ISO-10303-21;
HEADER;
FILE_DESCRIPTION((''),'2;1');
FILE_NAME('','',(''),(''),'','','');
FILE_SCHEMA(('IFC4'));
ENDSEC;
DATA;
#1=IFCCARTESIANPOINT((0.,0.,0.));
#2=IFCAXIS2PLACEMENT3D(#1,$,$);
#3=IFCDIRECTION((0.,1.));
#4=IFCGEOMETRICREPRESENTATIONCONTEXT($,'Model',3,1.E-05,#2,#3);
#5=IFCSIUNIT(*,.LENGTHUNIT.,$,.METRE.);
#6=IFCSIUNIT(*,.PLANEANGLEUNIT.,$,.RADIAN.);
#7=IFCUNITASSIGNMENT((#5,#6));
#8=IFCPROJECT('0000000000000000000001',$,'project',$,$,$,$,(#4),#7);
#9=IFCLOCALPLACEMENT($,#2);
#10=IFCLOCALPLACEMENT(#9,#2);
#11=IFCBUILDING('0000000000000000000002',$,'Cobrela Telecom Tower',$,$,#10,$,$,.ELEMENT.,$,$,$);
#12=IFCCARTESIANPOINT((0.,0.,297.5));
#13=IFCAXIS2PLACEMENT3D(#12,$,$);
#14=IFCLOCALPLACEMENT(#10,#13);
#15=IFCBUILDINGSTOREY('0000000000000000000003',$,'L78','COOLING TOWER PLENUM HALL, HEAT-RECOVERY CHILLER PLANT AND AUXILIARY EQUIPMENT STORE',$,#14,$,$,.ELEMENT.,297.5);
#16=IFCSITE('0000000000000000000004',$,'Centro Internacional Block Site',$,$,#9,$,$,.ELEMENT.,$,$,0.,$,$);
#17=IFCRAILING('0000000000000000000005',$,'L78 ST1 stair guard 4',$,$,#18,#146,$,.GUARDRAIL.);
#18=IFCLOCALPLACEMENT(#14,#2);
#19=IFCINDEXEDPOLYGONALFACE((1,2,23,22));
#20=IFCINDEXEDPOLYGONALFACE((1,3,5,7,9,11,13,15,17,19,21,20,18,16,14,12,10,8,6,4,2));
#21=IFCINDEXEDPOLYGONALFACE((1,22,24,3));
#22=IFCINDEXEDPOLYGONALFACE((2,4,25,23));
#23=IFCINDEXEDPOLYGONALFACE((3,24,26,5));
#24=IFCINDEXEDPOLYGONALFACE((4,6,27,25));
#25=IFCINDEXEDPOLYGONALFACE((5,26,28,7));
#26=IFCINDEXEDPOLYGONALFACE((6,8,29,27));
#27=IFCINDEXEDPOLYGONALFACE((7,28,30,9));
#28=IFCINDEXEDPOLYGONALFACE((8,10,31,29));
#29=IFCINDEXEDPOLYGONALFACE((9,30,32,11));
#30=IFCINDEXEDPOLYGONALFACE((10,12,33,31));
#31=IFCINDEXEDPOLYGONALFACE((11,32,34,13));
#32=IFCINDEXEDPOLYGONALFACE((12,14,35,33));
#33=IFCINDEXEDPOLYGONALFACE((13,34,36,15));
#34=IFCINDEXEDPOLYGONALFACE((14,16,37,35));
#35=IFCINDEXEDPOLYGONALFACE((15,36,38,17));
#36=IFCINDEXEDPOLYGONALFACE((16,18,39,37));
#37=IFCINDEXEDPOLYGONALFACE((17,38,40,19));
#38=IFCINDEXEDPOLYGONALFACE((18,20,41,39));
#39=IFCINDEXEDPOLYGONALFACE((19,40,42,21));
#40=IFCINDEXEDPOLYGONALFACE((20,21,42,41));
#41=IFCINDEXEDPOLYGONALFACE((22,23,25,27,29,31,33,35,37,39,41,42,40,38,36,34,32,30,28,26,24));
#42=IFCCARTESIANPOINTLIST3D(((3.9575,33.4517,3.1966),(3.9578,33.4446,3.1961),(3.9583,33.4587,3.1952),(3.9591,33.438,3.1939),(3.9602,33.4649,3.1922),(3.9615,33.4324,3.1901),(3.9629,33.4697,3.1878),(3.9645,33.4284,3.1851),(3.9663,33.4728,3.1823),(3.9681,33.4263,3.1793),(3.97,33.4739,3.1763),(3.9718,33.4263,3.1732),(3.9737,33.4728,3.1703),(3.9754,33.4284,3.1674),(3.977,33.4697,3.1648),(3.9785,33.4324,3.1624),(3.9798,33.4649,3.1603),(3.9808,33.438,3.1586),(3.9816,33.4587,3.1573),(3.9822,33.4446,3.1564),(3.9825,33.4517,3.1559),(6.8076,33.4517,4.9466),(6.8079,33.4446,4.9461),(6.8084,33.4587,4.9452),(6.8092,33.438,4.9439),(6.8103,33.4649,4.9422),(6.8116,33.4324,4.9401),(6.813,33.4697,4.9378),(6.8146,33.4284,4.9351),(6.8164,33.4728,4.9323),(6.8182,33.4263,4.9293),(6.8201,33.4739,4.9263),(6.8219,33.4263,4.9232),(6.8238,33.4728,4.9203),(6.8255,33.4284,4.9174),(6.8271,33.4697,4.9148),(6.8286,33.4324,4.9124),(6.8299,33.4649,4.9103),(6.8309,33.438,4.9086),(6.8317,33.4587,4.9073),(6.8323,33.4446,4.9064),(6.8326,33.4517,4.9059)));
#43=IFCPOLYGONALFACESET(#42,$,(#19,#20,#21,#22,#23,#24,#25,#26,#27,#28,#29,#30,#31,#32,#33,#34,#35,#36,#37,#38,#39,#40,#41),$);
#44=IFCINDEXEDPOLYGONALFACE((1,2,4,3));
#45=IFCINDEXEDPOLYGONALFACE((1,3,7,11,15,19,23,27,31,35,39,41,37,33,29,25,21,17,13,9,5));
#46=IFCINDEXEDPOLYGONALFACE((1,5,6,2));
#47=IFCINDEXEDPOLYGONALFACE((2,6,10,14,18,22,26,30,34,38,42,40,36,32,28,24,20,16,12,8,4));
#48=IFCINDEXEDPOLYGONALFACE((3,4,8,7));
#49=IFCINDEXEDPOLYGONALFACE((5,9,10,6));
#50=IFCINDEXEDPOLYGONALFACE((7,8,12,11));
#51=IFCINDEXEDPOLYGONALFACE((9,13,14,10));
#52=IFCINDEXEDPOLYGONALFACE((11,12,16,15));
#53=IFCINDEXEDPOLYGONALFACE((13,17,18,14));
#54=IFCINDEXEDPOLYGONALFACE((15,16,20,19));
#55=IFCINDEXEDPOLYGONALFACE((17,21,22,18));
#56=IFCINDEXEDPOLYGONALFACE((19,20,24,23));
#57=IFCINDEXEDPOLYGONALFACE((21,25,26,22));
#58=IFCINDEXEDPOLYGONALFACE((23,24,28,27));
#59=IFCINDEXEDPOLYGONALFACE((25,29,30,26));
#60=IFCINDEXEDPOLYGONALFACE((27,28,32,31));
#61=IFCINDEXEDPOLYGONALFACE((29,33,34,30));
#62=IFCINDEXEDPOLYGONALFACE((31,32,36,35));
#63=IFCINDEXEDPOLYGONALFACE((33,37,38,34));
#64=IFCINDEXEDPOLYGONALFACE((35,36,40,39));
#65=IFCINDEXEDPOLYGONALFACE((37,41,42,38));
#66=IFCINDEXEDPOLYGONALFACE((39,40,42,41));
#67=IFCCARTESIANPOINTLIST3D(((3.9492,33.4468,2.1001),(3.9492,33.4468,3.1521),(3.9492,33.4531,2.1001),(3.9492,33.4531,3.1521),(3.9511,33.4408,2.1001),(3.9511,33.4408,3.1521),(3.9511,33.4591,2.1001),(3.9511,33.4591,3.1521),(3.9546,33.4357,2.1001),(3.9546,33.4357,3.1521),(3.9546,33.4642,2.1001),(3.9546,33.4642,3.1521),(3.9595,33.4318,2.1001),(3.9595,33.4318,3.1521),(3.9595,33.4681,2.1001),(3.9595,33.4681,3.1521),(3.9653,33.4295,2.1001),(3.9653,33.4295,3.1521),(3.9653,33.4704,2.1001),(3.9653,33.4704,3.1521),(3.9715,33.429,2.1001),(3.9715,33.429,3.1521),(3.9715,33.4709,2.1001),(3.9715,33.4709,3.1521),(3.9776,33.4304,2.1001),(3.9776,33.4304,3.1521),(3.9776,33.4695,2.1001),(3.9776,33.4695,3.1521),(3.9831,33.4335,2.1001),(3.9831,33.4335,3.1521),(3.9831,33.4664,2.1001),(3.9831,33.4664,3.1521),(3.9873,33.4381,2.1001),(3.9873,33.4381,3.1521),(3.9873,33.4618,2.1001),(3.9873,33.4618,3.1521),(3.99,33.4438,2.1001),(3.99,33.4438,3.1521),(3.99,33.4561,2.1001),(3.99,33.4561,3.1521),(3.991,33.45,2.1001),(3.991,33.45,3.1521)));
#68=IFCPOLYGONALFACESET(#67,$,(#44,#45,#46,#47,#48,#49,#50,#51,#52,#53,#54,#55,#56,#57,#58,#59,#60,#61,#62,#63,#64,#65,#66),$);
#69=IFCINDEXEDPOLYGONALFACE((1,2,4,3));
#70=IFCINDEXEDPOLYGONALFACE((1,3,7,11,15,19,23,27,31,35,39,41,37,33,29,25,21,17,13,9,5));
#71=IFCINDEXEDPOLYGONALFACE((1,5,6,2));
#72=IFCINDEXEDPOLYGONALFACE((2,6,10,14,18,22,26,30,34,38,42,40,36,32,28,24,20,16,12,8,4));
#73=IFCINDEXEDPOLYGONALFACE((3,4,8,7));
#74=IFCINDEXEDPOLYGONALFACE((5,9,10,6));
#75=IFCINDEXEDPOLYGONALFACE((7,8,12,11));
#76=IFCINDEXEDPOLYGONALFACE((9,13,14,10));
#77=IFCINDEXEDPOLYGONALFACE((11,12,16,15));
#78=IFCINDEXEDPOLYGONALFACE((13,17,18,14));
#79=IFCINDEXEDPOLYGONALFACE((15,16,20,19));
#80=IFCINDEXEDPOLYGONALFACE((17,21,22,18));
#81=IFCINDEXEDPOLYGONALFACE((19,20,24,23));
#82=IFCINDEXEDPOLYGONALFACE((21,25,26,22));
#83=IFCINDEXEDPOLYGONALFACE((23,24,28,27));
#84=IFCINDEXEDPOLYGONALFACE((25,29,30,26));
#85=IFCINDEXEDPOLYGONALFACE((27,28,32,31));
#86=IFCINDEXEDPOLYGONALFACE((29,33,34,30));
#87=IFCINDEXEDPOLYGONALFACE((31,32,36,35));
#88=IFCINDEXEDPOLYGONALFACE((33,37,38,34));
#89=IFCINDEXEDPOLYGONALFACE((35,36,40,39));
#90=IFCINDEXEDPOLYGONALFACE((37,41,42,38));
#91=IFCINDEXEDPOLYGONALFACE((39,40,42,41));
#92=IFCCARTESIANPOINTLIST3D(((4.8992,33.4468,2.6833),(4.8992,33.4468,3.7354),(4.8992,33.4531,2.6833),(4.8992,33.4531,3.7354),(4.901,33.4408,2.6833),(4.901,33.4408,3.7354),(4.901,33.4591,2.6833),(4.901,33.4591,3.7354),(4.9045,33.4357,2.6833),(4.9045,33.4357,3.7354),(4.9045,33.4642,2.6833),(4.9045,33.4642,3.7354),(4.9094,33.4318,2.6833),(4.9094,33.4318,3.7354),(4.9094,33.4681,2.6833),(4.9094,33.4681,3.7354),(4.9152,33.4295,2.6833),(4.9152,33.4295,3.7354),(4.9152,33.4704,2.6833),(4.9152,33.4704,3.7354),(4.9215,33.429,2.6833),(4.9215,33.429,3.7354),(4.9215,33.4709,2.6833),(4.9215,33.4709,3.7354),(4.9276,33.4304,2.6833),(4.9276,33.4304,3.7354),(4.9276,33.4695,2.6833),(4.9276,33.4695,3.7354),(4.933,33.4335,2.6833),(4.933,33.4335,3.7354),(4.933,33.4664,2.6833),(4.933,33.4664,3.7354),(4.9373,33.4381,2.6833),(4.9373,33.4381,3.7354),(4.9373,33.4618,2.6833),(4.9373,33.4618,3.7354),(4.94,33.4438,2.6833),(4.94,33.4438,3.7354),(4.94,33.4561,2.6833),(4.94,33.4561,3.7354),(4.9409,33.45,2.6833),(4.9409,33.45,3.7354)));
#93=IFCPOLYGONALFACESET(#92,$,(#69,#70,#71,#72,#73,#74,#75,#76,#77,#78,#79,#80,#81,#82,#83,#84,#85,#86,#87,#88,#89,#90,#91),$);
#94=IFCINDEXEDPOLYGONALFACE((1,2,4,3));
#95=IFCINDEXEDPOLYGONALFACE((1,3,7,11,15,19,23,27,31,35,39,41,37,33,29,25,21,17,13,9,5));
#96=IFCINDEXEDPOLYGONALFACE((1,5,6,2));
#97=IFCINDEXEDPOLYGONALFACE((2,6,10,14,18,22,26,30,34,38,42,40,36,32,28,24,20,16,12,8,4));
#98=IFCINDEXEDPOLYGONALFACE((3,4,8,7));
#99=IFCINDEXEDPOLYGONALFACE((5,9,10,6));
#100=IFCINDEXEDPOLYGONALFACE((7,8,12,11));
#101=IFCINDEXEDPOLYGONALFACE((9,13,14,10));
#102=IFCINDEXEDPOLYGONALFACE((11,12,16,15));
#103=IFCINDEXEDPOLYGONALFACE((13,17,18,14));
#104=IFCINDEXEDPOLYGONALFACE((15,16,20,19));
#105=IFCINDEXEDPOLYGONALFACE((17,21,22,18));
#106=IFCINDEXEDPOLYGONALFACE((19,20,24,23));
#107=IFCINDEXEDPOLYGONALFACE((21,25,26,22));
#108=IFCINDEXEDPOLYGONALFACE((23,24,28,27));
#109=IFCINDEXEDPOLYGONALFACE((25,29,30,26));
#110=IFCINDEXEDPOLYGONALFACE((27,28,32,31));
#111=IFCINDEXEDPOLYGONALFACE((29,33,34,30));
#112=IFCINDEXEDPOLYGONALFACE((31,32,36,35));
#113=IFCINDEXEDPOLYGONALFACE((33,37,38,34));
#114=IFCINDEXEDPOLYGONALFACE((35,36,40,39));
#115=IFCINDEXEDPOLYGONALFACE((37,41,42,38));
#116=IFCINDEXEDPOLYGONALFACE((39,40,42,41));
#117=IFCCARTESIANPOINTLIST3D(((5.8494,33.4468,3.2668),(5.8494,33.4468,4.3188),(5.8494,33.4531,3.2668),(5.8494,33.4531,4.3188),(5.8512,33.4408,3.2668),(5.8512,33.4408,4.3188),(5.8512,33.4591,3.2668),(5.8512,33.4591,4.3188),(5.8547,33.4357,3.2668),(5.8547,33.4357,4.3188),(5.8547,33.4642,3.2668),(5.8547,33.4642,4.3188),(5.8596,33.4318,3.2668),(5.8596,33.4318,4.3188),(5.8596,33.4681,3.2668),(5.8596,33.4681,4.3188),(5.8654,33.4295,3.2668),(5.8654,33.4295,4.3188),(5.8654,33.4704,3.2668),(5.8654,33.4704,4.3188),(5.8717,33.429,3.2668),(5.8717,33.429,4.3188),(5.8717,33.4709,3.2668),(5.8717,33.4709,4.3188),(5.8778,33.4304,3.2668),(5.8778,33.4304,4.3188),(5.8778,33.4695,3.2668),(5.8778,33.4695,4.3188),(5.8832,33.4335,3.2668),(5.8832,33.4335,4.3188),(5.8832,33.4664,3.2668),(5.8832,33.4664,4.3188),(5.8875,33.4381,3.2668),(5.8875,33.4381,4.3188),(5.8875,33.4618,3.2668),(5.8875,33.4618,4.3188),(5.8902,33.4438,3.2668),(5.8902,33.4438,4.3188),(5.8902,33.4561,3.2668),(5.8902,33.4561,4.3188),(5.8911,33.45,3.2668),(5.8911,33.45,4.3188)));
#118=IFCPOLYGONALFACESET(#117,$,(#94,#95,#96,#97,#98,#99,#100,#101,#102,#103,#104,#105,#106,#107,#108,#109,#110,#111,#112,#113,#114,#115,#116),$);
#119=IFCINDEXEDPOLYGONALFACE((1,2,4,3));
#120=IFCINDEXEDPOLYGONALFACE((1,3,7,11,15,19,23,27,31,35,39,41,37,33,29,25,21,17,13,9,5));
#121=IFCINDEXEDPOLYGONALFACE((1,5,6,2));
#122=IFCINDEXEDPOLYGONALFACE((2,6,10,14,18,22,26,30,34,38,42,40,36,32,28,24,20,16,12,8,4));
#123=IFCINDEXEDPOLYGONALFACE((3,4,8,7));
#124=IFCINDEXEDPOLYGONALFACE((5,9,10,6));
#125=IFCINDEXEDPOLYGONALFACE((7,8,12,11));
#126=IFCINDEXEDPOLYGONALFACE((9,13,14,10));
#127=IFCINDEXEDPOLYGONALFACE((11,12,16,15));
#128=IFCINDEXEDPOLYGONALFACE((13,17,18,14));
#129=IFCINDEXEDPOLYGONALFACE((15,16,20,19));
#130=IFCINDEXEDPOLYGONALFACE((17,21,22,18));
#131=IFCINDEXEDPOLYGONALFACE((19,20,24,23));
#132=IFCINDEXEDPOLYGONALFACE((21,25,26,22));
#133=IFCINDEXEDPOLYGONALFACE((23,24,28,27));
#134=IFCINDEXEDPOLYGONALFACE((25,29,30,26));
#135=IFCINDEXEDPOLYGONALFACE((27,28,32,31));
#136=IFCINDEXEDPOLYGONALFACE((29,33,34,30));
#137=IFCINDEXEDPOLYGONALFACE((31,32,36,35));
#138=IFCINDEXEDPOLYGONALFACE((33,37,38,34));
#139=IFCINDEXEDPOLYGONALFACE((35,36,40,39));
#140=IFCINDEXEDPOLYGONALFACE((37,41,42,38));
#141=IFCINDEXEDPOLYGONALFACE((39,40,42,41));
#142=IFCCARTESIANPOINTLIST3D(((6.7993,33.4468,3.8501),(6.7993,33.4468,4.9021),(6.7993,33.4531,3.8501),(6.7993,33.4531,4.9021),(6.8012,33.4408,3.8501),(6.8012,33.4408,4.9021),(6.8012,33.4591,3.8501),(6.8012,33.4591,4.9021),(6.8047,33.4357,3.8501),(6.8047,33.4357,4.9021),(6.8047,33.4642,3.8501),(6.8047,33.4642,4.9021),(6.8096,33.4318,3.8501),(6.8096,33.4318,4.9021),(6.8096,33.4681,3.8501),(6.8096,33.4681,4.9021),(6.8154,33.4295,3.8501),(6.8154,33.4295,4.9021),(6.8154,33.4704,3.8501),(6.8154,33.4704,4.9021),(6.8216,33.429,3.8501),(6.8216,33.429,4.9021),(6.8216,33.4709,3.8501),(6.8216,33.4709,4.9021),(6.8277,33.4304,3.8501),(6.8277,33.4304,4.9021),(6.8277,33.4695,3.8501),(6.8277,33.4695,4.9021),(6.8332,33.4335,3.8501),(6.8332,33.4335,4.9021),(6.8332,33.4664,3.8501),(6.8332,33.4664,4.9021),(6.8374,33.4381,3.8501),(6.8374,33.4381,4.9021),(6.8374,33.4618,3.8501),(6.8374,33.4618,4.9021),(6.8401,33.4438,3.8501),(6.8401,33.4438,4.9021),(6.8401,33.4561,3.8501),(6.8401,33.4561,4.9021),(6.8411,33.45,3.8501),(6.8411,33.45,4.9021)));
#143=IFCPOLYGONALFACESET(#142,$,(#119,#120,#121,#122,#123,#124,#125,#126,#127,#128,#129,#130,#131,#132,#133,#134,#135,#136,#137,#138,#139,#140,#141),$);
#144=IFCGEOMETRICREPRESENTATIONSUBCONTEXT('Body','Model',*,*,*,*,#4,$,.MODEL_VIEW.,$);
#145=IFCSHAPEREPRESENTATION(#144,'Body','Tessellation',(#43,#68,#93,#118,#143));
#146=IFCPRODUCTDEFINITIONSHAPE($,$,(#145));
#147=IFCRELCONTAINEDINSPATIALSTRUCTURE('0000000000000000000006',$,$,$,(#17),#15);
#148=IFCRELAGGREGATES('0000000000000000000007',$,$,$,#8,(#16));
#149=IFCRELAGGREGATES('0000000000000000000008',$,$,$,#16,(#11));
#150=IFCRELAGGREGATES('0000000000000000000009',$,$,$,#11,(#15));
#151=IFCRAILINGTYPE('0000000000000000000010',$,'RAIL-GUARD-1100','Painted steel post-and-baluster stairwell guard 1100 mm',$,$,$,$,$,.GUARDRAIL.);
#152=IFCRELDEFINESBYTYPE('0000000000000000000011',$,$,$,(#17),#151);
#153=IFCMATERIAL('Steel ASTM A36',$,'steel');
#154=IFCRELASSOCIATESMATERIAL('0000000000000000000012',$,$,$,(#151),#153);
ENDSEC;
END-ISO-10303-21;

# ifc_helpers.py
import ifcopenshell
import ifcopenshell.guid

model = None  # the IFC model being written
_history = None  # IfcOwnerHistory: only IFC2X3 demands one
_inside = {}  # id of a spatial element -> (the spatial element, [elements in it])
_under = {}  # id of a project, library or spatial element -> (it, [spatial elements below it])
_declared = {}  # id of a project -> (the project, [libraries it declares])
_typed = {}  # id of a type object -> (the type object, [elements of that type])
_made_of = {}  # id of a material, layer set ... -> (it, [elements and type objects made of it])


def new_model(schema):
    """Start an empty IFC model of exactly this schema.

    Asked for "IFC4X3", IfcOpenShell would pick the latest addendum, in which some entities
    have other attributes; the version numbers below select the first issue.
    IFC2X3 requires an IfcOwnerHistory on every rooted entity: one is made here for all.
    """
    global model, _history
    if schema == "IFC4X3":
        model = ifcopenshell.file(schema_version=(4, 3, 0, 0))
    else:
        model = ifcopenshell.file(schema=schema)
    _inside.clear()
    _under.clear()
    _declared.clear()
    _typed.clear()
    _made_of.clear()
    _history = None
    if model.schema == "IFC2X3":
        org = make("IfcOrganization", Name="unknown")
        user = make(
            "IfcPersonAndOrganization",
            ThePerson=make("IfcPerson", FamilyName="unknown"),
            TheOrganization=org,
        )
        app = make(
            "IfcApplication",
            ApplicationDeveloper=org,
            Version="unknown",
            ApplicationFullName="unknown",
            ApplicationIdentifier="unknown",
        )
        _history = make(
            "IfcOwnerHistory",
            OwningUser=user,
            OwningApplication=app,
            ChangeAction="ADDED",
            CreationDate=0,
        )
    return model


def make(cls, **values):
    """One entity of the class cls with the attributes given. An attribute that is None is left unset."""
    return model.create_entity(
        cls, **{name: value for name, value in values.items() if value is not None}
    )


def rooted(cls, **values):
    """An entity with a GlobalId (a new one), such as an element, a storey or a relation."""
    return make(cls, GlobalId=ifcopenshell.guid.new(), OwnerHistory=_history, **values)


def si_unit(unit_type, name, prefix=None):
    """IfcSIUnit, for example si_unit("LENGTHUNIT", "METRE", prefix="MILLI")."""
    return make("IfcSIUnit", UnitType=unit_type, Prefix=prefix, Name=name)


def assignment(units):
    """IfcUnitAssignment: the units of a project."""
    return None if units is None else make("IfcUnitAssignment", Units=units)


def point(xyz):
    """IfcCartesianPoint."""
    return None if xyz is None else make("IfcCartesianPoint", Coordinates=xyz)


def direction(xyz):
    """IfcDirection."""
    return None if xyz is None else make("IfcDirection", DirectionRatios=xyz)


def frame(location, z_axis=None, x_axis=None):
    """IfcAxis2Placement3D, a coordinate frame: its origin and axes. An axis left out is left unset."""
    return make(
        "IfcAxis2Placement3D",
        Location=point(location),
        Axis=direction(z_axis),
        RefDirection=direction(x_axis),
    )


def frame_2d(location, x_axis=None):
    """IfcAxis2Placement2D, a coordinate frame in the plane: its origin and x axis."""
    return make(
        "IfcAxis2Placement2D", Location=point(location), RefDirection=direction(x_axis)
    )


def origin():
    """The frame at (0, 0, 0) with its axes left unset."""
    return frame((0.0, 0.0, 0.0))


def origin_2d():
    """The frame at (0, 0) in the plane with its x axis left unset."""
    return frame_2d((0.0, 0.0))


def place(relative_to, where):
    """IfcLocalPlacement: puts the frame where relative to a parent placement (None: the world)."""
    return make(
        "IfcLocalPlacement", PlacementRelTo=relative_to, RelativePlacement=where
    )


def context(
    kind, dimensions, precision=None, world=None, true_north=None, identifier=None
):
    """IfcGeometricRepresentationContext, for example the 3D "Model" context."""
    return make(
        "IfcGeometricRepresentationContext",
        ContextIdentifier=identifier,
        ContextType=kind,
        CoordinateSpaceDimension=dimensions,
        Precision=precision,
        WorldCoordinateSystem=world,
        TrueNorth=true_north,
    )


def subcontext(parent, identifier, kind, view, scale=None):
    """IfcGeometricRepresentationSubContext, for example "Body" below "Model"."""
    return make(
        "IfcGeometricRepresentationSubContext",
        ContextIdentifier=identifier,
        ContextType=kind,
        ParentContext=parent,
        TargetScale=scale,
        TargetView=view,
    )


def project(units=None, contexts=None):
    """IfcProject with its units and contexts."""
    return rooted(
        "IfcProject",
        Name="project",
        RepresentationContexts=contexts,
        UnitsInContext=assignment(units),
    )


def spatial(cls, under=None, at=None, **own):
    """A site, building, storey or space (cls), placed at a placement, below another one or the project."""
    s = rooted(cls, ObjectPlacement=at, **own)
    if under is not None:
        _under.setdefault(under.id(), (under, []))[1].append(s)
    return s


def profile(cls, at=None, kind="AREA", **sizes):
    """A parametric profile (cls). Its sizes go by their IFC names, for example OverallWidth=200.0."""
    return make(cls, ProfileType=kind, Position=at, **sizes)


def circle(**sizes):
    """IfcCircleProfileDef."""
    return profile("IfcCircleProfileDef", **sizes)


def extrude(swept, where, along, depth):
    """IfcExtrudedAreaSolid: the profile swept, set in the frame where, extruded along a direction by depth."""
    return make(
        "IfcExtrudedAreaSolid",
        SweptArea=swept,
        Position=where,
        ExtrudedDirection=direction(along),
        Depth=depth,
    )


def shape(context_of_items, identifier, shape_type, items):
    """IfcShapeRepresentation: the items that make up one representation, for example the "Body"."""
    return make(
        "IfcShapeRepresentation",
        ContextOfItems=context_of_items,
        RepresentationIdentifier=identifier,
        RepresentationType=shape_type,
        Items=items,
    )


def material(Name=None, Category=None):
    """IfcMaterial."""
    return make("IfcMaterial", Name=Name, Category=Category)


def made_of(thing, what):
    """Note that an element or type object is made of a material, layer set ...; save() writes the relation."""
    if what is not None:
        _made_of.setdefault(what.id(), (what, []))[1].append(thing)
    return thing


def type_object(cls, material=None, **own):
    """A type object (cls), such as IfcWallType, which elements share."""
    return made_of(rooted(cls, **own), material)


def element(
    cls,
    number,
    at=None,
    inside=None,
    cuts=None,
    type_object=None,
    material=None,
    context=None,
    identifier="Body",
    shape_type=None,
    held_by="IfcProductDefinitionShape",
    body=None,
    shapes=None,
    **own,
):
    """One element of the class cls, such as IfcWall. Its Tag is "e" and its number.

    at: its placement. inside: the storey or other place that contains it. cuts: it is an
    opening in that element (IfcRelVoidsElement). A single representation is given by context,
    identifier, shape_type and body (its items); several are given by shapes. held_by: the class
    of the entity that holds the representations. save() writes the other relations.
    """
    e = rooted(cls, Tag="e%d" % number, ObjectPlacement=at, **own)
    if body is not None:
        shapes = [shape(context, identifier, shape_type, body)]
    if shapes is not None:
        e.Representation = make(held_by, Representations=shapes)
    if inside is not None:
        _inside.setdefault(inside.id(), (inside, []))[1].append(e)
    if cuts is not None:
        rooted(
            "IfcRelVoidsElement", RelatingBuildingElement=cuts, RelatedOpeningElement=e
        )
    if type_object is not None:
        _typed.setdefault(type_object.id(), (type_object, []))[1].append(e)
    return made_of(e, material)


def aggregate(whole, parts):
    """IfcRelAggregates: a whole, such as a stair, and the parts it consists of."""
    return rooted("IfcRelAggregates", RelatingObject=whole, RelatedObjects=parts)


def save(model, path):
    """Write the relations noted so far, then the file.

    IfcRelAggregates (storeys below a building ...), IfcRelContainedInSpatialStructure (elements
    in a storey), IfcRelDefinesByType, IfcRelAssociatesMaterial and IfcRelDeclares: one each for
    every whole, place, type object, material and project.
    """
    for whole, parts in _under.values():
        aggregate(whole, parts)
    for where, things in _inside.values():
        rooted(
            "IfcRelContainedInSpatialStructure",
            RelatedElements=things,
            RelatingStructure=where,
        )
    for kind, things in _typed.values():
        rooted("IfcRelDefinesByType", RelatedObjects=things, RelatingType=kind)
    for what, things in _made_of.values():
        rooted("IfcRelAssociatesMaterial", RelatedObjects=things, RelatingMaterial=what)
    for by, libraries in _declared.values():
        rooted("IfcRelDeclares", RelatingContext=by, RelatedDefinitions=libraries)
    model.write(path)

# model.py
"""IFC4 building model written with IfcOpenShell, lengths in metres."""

from ifc_helpers import new_model, si_unit, direction, frame, origin, origin_2d, place, context, subcontext, project, spatial, circle, extrude, material, type_object, element, save


model = new_model("IFC4")

# Units and contexts
model_context = context("Model", 3, precision=1e-05, world=origin(), true_north=direction((0.0, 1.0)))
body_context = subcontext(model_context, "Body", "Model", "MODEL_VIEW")
ifc_project = project(units=[si_unit("LENGTHUNIT", "METRE"), si_unit("PLANEANGLEUNIT", "RADIAN")], contexts=[model_context])

# Site, building, storey
site_placement = place(None, origin())
site = spatial("IfcSite", under=ifc_project, at=site_placement, Name="Centro Internacional Block Site", CompositionType="ELEMENT", RefElevation=0.0)
building_placement = place(site_placement, origin())
building = spatial("IfcBuilding", under=site, at=building_placement, Name="Cobrela Telecom Tower", CompositionType="ELEMENT")
storey_placement = place(building_placement, frame((0.0, 0.0, 297.5)))
storey = spatial("IfcBuildingStorey", under=building, at=storey_placement, Name="L78", Description="COOLING TOWER PLENUM HALL, HEAT-RECOVERY CHILLER PLANT AND AUXILIARY EQUIPMENT STORE", CompositionType="ELEMENT", Elevation=297.5)

# Shared definitions
ifc_material_1 = material(Name="Steel ASTM A36", Category="steel")

# Railing
railing_type_1 = type_object("IfcRailingType", Name="RAIL-GUARD-1100", Description="Painted steel post-and-baluster stairwell guard 1100 mm", PredefinedType="GUARDRAIL", material=ifc_material_1)
railing_1_placement = place(storey_placement, frame((3.97, 33.45, 2.1001)))
element("IfcRailing", 1, at=railing_1_placement, inside=storey, type_object=railing_type_1, Name="L78 ST1 stair guard 4", PredefinedType="GUARDRAIL", context=body_context, shape_type="SweptSolid", body=[
    extrude(circle(Radius=0.0239, at=origin_2d()), frame((0.0, 0.0, 1.0762), z_axis=(0.852179, 0.0, 0.52325), x_axis=(0.0, 1.0, 0.0)), (0.0, 0.0, 1.0), 3.3445),
    extrude(circle(Radius=0.021, at=origin_2d()), origin(), (0.0, 0.0, 1.0), 1.052),
    extrude(circle(Radius=0.021, at=origin_2d()), frame((0.95, 0.0, 0.5833)), (0.0, 0.0, 1.0), 1.052),
    extrude(circle(Radius=0.021, at=origin_2d()), frame((1.9001, 0.0, 1.1667)), (0.0, 0.0, 1.0), 1.052),
    extrude(circle(Radius=0.021, at=origin_2d()), frame((2.8501, 0.0, 1.75)), (0.0, 0.0, 1.0), 1.052),
])

save(model, "model.ifc")
